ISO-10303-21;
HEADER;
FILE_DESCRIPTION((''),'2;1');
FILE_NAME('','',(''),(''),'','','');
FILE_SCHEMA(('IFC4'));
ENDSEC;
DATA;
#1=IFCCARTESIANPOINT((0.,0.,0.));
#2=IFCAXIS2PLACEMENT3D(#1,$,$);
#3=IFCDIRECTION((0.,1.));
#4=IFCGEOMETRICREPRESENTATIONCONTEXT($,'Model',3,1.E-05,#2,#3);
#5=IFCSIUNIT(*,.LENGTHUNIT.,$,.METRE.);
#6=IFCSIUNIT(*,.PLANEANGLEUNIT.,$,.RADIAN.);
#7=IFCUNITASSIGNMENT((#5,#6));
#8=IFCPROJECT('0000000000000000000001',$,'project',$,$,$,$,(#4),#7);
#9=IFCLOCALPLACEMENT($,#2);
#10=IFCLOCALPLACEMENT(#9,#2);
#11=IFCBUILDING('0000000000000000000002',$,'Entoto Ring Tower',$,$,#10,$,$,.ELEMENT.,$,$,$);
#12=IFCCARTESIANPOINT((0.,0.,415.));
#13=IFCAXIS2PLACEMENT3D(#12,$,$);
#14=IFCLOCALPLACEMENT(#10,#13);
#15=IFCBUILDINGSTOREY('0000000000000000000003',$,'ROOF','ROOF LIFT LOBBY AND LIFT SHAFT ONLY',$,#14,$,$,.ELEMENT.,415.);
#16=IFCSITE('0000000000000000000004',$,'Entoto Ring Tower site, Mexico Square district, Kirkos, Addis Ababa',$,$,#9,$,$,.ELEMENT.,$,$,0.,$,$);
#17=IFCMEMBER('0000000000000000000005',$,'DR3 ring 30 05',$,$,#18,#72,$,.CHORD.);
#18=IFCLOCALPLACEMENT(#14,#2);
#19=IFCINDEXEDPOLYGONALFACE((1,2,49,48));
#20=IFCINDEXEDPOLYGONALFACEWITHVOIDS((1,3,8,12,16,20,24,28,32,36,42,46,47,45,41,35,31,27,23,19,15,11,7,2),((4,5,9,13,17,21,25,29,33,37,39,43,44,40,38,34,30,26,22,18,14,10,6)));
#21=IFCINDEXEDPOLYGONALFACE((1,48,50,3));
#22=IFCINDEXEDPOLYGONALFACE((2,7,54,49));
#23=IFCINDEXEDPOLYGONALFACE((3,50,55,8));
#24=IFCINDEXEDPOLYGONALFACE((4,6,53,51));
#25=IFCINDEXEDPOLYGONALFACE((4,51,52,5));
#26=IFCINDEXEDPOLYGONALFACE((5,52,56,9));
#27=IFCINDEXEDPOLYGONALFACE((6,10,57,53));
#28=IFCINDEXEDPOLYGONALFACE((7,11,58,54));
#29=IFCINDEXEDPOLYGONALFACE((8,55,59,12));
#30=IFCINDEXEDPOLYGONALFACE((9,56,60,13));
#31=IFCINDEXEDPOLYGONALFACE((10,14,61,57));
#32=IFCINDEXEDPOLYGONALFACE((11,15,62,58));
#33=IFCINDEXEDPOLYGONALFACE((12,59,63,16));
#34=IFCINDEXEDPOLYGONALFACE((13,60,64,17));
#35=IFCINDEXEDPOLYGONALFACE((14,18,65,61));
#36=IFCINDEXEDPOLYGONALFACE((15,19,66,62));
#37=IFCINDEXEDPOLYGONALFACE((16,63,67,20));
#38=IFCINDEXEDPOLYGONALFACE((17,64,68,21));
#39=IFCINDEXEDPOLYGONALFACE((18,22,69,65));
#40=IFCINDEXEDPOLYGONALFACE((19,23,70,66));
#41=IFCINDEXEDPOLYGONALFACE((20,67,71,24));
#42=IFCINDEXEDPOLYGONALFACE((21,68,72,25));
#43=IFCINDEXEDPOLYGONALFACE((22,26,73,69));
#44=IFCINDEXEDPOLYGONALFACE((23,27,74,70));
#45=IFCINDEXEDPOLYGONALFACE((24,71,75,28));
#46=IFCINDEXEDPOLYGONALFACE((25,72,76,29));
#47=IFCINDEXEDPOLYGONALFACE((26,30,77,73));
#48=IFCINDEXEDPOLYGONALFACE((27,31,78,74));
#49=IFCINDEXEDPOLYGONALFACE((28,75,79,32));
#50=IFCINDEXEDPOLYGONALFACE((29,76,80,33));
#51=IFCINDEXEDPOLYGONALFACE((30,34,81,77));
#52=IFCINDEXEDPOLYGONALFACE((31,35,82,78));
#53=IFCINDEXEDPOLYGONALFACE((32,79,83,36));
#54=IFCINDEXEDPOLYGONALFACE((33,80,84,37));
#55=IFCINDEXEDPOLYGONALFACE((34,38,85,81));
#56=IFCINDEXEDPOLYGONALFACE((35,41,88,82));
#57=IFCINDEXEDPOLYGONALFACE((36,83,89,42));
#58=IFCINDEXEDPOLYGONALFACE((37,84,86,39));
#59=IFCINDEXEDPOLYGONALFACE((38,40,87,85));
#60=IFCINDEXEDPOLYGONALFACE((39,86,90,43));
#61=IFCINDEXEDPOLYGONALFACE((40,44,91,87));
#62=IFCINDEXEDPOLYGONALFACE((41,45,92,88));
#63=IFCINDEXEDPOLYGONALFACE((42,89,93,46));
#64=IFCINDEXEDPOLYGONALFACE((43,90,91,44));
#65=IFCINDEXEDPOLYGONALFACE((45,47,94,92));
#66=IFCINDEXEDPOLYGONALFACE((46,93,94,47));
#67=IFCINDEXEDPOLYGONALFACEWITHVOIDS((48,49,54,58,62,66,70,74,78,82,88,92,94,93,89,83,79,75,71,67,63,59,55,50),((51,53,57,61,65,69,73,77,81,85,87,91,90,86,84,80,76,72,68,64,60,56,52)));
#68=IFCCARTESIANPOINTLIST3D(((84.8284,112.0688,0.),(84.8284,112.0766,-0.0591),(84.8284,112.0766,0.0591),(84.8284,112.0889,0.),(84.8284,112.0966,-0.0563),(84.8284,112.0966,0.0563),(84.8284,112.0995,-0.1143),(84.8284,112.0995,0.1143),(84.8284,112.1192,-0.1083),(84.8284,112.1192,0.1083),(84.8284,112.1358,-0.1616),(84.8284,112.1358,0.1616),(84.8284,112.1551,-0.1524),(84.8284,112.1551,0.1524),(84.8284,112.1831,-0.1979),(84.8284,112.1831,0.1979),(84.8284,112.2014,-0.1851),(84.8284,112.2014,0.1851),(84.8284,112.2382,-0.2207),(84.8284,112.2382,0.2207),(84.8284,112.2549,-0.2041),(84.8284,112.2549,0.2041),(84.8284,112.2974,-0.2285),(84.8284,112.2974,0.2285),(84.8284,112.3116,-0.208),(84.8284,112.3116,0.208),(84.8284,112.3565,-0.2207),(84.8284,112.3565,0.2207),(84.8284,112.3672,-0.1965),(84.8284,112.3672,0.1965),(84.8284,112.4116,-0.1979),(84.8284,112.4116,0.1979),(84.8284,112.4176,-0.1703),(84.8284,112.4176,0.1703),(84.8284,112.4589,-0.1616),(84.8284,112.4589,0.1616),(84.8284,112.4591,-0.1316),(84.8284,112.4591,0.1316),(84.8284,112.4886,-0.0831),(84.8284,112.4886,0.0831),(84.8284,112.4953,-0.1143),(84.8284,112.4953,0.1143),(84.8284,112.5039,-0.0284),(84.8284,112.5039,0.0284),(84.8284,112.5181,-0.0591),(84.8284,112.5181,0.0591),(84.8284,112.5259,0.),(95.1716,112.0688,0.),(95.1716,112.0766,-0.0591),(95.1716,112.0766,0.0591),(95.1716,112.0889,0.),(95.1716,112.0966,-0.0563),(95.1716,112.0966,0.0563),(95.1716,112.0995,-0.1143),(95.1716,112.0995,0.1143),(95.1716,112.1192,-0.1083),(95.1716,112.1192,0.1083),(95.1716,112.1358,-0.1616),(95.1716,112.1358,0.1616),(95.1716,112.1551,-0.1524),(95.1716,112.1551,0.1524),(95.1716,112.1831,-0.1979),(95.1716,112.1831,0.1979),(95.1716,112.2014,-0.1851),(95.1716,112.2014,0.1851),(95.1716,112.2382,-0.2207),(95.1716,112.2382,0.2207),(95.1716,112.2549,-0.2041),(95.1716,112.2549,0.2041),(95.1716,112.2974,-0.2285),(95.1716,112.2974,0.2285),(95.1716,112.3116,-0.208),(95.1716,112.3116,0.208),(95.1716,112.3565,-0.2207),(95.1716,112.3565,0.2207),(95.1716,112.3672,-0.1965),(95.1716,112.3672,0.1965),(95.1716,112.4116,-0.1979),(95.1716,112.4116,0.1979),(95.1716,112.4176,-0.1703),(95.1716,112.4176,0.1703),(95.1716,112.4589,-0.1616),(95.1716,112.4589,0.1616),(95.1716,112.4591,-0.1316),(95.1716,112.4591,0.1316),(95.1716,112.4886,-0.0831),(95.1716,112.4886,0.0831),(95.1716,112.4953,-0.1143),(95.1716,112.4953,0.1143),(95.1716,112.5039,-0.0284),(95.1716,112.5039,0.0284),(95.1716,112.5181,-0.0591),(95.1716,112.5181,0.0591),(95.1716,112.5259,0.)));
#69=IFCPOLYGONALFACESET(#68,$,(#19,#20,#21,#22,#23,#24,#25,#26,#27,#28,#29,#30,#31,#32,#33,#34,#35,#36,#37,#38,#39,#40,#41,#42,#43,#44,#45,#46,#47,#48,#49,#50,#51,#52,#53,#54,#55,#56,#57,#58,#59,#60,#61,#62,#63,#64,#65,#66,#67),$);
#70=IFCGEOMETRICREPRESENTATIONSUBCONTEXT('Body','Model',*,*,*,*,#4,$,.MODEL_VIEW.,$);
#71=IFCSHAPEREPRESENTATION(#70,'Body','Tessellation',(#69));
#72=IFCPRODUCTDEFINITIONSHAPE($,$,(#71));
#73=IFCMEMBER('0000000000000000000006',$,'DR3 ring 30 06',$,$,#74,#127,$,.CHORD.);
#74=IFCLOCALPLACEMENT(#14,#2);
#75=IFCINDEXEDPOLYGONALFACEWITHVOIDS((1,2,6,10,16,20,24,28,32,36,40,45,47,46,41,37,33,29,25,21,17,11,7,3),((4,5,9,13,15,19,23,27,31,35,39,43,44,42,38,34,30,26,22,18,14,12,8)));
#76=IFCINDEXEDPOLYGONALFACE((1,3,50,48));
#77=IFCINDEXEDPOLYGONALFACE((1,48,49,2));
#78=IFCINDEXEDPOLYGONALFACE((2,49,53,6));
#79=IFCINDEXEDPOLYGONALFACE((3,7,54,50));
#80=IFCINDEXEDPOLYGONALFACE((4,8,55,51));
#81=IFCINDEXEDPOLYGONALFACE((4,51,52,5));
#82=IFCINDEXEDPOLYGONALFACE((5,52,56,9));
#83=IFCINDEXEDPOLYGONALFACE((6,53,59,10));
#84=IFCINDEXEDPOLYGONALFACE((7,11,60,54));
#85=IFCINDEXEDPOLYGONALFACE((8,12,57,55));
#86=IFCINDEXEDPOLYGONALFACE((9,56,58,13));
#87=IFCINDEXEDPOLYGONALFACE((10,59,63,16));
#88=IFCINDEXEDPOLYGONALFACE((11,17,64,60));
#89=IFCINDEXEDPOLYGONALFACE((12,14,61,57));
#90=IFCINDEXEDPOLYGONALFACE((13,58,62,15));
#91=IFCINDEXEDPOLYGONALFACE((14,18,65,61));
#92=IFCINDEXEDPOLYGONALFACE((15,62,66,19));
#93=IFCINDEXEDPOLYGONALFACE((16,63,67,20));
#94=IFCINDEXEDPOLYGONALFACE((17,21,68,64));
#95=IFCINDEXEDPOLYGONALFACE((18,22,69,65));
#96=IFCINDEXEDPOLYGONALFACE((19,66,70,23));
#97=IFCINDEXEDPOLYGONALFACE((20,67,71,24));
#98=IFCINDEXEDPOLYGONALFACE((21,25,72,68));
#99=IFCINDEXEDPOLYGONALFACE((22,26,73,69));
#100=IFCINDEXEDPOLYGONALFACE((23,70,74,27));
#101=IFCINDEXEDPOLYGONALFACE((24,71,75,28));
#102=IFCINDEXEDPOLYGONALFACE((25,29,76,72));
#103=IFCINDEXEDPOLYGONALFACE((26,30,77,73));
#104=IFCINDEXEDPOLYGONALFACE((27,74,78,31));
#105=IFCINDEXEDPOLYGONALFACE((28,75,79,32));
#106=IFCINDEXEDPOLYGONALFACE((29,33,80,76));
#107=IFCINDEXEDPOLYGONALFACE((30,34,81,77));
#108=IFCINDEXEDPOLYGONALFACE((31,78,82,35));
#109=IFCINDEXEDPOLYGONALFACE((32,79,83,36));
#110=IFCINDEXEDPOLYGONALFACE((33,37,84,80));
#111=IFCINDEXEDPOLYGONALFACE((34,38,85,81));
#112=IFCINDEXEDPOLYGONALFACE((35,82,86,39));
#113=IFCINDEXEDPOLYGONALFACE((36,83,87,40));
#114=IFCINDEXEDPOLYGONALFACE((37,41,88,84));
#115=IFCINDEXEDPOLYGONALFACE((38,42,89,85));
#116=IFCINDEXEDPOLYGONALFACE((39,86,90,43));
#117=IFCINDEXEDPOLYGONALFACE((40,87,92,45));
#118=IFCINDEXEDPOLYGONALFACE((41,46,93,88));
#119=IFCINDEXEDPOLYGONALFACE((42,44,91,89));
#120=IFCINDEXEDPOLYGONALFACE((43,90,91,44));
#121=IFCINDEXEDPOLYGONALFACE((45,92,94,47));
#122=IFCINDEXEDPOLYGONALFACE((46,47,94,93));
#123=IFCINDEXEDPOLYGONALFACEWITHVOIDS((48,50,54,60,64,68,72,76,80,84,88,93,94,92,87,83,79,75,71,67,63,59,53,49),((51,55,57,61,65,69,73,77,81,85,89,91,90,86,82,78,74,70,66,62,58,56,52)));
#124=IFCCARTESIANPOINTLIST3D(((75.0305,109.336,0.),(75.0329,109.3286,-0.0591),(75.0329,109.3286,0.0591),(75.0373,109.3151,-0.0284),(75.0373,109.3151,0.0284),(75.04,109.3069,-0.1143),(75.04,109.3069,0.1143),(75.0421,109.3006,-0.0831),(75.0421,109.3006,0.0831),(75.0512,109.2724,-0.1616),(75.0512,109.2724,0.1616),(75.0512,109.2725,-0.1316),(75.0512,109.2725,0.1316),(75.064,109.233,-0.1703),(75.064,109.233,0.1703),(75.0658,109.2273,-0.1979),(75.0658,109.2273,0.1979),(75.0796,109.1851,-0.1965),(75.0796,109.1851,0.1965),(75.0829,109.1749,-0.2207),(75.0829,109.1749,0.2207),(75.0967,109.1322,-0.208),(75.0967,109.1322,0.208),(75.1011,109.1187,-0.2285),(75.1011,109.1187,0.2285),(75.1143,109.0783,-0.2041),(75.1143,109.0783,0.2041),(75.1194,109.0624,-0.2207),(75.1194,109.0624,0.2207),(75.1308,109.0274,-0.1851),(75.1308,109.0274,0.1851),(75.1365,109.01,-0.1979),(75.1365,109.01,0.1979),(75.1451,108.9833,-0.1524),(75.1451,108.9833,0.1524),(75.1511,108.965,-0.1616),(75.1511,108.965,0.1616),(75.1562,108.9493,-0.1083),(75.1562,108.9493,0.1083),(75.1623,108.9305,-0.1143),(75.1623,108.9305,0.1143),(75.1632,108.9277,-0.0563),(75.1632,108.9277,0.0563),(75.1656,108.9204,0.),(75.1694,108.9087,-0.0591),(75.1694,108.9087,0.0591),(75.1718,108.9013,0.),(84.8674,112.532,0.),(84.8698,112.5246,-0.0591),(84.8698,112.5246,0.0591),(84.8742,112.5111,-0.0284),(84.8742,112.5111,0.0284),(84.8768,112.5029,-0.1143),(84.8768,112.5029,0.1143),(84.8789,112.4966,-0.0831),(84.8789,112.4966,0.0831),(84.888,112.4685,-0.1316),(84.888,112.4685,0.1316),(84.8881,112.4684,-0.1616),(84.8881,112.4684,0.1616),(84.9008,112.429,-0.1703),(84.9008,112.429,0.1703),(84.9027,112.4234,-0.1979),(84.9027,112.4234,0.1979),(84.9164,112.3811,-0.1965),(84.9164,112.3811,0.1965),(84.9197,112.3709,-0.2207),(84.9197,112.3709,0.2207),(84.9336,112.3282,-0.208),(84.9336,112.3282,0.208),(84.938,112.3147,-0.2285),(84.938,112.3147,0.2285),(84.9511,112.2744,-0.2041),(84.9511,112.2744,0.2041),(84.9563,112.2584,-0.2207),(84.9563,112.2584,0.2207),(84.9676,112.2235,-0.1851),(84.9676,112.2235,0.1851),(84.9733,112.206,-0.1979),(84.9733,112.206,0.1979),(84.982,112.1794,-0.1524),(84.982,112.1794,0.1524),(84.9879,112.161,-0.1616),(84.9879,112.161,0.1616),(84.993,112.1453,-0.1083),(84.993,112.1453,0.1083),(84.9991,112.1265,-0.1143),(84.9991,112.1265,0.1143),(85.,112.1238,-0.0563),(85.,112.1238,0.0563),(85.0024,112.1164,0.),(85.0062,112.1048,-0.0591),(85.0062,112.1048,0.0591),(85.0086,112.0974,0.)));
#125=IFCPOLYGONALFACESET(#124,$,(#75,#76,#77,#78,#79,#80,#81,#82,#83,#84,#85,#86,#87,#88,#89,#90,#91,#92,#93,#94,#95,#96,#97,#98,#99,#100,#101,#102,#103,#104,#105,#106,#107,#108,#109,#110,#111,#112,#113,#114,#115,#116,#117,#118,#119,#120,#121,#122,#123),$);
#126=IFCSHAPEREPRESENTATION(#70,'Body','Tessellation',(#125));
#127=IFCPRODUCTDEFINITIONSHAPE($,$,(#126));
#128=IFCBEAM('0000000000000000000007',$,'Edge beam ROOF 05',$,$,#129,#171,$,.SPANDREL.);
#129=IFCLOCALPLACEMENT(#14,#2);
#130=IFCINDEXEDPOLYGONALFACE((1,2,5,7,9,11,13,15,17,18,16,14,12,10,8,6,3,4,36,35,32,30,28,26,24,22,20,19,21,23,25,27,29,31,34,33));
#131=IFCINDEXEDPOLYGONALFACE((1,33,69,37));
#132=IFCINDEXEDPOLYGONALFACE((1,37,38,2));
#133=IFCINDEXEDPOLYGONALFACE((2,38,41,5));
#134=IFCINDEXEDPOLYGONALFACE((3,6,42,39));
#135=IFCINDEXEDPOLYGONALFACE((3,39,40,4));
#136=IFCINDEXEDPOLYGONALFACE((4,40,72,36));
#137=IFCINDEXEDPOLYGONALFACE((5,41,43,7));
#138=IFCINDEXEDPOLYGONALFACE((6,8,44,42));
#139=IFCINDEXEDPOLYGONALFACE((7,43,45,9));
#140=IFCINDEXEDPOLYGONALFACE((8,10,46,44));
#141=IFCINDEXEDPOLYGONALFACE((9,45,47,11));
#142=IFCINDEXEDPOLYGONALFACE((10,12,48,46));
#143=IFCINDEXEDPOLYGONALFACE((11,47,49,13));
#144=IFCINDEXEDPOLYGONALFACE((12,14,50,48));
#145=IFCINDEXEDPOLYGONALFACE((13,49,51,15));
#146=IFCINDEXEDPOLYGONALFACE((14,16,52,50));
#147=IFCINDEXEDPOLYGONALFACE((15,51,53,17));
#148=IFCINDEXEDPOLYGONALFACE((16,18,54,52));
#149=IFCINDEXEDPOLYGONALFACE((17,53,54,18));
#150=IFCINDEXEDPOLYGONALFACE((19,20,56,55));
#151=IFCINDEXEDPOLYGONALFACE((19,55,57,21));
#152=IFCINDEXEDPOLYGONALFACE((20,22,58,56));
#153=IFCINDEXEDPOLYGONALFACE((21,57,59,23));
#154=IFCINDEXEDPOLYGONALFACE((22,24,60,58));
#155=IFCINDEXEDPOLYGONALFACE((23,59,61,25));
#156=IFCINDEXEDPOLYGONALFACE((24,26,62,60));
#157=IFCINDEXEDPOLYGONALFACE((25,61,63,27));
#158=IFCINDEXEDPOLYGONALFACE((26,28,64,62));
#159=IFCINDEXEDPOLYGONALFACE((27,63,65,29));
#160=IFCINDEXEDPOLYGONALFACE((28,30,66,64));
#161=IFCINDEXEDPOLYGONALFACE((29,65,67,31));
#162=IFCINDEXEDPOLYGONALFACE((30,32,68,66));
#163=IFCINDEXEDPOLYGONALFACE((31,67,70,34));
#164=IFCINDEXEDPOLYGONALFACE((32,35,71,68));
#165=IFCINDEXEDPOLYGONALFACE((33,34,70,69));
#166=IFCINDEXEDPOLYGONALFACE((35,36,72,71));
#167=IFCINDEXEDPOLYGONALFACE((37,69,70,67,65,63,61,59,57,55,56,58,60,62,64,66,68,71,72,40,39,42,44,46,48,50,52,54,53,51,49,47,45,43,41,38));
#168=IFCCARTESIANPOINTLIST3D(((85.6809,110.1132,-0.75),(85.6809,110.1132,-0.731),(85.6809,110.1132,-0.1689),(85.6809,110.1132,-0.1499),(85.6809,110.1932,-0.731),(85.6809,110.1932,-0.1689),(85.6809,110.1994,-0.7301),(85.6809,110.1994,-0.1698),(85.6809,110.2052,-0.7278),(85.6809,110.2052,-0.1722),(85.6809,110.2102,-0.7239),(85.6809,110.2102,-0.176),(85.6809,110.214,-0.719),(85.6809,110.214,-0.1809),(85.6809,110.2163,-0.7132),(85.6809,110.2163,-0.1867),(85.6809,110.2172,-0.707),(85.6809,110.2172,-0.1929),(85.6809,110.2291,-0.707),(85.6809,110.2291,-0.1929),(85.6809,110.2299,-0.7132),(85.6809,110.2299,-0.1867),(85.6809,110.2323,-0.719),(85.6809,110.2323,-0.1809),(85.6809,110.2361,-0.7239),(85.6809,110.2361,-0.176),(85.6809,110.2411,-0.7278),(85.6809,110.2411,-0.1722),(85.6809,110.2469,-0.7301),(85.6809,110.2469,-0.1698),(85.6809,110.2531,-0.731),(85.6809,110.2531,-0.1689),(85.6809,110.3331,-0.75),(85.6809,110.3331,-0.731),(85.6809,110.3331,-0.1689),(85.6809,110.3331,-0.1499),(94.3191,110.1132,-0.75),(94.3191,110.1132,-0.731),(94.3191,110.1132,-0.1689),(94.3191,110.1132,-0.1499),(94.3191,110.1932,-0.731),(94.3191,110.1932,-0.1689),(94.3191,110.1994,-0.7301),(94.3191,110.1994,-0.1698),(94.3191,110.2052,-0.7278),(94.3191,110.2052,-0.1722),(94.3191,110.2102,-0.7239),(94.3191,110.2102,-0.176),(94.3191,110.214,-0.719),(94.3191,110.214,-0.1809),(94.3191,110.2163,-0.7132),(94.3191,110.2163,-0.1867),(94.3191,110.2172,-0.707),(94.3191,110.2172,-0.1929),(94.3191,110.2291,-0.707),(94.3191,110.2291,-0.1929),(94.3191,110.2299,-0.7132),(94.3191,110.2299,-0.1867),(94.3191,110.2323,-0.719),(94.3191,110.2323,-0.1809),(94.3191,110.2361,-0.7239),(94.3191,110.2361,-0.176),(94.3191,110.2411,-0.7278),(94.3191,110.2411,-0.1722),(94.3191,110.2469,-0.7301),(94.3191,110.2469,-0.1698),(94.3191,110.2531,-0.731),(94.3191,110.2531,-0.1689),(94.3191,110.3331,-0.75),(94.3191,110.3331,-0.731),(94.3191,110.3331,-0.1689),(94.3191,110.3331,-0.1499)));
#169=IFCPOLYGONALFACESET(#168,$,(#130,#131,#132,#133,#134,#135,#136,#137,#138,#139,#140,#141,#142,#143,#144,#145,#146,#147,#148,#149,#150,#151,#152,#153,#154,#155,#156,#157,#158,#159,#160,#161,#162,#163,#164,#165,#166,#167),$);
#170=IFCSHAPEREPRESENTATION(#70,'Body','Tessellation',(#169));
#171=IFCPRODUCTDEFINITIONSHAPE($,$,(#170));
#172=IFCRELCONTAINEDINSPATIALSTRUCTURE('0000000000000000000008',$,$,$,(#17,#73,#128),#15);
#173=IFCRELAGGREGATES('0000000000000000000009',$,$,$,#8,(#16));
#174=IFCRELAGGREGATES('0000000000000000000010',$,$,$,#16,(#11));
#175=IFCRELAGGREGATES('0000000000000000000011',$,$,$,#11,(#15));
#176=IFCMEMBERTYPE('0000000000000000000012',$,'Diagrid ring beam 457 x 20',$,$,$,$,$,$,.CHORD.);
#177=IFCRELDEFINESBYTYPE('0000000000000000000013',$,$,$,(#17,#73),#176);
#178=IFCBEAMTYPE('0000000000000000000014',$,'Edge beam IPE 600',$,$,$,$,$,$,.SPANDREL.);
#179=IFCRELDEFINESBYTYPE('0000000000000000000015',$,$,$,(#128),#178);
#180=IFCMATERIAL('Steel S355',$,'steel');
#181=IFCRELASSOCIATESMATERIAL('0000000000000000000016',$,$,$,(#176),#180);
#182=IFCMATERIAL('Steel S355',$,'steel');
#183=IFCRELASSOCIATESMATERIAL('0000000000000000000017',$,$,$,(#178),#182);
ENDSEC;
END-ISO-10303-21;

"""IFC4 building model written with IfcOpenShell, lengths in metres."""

from ifc_helpers import new_model, si_unit, direction, frame, origin, origin_2d, place, context, subcontext, project, spatial, circle, hollow_circle, i_section, extrude, material, material_profile, profile_set, type_object, element, save


model = new_model("IFC4")

# Units and contexts
model_context = context("Model", 3, precision=1e-05, world=origin(), true_north=direction((0.0, 1.0)))
body_context = subcontext(model_context, "Body", "Model", "MODEL_VIEW")
ifc_project = project(units=[si_unit("LENGTHUNIT", "METRE"), si_unit("PLANEANGLEUNIT", "RADIAN")], contexts=[model_context])

# Site, building, storey
site_placement = place(None, origin())
site = spatial("IfcSite", under=ifc_project, at=site_placement, Name="Entoto Ring Tower site, Mexico Square district, Kirkos, Addis Ababa", CompositionType="ELEMENT", RefElevation=0.0)
building_placement = place(site_placement, origin())
building = spatial("IfcBuilding", under=site, at=building_placement, Name="Entoto Ring Tower", CompositionType="ELEMENT")
storey_placement = place(building_placement, frame((0.0, 0.0, 415.0)))
storey = spatial("IfcBuildingStorey", under=building, at=storey_placement, Name="ROOF", Description="ROOF LIFT LOBBY AND LIFT SHAFT ONLY", CompositionType="ELEMENT", Elevation=415.0)

# Members
ifc_material_1 = material(Name="Steel S355", Category="steel")
ifc_material_profile_1 = material_profile(ifc_material_1, hollow_circle(Radius=0.2285, WallThickness=0.02, at=origin_2d()), Name="CHS 457 x 20")
ifc_material_2 = material(Name="Concrete C60/75", Category="concrete")
ifc_material_profile_2 = material_profile(ifc_material_2, circle(Radius=0.2085, at=origin_2d()), Name="Concrete C60/75 infill")
ifc_profile_set_1 = profile_set([ifc_material_profile_1, ifc_material_profile_2], Name="Steel S355")
member_type_1 = type_object("IfcMemberType", Name="Diagrid ring beam 457 x 20", PredefinedType="CHORD", material=ifc_profile_set_1)
member_1_placement = place(storey_placement, frame((95.1716, 112.2974, 0.0), z_axis=(-1.0, 0.0, 0.0), x_axis=(0.0, -1.0, 0.0)))
element("IfcMember", 1, at=member_1_placement, inside=storey, type_object=member_type_1, Name="DR3 ring 30 05", PredefinedType="CHORD", context=body_context, shape_type="SweptSolid", body=[
    extrude(hollow_circle(Radius=0.2285, WallThickness=0.02, at=origin_2d()), origin(), (0.0, 0.0, 1.0), 10.3433),
])
member_2_placement = place(storey_placement, frame((84.938, 112.3147, 0.0), z_axis=(-0.951061, -0.309003, 0.0), x_axis=(0.309003, -0.951061, 0.0)))
element("IfcMember", 2, at=member_2_placement, inside=storey, type_object=member_type_1, Name="DR3 ring 30 06", PredefinedType="CHORD", context=body_context, shape_type="SweptSolid", body=[
    extrude(hollow_circle(Radius=0.2285, WallThickness=0.02, at=origin_2d()), origin(), (0.0, 0.0, 1.0), 10.343),
])

# Beam
ifc_material_3 = material(Name="Steel S355", Category="steel")
ifc_material_profile_3 = material_profile(ifc_material_3, i_section(OverallWidth=0.22, OverallDepth=0.6001, WebThickness=0.012, FlangeThickness=0.019, FilletRadius=0.0239, at=origin_2d()), Name="IPE 600")
ifc_profile_set_2 = profile_set([ifc_material_profile_3], Name="Steel S355")
beam_type_1 = type_object("IfcBeamType", Name="Edge beam IPE 600", PredefinedType="SPANDREL", material=ifc_profile_set_2)
beam_1_placement = place(storey_placement, frame((94.3191, 110.2231, -0.45), z_axis=(-1.0, 0.0, 0.0), x_axis=(0.0, -1.0, 0.0)))
element("IfcBeam", 3, at=beam_1_placement, inside=storey, type_object=beam_type_1, Name="Edge beam ROOF 05", PredefinedType="SPANDREL", context=body_context, shape_type="SweptSolid", body=[
    extrude(i_section(OverallWidth=0.22, OverallDepth=0.6001, WebThickness=0.012, FlangeThickness=0.019, FilletRadius=0.0239, at=origin_2d()), origin(), (0.0, 0.0, 1.0), 8.6382),
])

save(model, "model.ifc")
